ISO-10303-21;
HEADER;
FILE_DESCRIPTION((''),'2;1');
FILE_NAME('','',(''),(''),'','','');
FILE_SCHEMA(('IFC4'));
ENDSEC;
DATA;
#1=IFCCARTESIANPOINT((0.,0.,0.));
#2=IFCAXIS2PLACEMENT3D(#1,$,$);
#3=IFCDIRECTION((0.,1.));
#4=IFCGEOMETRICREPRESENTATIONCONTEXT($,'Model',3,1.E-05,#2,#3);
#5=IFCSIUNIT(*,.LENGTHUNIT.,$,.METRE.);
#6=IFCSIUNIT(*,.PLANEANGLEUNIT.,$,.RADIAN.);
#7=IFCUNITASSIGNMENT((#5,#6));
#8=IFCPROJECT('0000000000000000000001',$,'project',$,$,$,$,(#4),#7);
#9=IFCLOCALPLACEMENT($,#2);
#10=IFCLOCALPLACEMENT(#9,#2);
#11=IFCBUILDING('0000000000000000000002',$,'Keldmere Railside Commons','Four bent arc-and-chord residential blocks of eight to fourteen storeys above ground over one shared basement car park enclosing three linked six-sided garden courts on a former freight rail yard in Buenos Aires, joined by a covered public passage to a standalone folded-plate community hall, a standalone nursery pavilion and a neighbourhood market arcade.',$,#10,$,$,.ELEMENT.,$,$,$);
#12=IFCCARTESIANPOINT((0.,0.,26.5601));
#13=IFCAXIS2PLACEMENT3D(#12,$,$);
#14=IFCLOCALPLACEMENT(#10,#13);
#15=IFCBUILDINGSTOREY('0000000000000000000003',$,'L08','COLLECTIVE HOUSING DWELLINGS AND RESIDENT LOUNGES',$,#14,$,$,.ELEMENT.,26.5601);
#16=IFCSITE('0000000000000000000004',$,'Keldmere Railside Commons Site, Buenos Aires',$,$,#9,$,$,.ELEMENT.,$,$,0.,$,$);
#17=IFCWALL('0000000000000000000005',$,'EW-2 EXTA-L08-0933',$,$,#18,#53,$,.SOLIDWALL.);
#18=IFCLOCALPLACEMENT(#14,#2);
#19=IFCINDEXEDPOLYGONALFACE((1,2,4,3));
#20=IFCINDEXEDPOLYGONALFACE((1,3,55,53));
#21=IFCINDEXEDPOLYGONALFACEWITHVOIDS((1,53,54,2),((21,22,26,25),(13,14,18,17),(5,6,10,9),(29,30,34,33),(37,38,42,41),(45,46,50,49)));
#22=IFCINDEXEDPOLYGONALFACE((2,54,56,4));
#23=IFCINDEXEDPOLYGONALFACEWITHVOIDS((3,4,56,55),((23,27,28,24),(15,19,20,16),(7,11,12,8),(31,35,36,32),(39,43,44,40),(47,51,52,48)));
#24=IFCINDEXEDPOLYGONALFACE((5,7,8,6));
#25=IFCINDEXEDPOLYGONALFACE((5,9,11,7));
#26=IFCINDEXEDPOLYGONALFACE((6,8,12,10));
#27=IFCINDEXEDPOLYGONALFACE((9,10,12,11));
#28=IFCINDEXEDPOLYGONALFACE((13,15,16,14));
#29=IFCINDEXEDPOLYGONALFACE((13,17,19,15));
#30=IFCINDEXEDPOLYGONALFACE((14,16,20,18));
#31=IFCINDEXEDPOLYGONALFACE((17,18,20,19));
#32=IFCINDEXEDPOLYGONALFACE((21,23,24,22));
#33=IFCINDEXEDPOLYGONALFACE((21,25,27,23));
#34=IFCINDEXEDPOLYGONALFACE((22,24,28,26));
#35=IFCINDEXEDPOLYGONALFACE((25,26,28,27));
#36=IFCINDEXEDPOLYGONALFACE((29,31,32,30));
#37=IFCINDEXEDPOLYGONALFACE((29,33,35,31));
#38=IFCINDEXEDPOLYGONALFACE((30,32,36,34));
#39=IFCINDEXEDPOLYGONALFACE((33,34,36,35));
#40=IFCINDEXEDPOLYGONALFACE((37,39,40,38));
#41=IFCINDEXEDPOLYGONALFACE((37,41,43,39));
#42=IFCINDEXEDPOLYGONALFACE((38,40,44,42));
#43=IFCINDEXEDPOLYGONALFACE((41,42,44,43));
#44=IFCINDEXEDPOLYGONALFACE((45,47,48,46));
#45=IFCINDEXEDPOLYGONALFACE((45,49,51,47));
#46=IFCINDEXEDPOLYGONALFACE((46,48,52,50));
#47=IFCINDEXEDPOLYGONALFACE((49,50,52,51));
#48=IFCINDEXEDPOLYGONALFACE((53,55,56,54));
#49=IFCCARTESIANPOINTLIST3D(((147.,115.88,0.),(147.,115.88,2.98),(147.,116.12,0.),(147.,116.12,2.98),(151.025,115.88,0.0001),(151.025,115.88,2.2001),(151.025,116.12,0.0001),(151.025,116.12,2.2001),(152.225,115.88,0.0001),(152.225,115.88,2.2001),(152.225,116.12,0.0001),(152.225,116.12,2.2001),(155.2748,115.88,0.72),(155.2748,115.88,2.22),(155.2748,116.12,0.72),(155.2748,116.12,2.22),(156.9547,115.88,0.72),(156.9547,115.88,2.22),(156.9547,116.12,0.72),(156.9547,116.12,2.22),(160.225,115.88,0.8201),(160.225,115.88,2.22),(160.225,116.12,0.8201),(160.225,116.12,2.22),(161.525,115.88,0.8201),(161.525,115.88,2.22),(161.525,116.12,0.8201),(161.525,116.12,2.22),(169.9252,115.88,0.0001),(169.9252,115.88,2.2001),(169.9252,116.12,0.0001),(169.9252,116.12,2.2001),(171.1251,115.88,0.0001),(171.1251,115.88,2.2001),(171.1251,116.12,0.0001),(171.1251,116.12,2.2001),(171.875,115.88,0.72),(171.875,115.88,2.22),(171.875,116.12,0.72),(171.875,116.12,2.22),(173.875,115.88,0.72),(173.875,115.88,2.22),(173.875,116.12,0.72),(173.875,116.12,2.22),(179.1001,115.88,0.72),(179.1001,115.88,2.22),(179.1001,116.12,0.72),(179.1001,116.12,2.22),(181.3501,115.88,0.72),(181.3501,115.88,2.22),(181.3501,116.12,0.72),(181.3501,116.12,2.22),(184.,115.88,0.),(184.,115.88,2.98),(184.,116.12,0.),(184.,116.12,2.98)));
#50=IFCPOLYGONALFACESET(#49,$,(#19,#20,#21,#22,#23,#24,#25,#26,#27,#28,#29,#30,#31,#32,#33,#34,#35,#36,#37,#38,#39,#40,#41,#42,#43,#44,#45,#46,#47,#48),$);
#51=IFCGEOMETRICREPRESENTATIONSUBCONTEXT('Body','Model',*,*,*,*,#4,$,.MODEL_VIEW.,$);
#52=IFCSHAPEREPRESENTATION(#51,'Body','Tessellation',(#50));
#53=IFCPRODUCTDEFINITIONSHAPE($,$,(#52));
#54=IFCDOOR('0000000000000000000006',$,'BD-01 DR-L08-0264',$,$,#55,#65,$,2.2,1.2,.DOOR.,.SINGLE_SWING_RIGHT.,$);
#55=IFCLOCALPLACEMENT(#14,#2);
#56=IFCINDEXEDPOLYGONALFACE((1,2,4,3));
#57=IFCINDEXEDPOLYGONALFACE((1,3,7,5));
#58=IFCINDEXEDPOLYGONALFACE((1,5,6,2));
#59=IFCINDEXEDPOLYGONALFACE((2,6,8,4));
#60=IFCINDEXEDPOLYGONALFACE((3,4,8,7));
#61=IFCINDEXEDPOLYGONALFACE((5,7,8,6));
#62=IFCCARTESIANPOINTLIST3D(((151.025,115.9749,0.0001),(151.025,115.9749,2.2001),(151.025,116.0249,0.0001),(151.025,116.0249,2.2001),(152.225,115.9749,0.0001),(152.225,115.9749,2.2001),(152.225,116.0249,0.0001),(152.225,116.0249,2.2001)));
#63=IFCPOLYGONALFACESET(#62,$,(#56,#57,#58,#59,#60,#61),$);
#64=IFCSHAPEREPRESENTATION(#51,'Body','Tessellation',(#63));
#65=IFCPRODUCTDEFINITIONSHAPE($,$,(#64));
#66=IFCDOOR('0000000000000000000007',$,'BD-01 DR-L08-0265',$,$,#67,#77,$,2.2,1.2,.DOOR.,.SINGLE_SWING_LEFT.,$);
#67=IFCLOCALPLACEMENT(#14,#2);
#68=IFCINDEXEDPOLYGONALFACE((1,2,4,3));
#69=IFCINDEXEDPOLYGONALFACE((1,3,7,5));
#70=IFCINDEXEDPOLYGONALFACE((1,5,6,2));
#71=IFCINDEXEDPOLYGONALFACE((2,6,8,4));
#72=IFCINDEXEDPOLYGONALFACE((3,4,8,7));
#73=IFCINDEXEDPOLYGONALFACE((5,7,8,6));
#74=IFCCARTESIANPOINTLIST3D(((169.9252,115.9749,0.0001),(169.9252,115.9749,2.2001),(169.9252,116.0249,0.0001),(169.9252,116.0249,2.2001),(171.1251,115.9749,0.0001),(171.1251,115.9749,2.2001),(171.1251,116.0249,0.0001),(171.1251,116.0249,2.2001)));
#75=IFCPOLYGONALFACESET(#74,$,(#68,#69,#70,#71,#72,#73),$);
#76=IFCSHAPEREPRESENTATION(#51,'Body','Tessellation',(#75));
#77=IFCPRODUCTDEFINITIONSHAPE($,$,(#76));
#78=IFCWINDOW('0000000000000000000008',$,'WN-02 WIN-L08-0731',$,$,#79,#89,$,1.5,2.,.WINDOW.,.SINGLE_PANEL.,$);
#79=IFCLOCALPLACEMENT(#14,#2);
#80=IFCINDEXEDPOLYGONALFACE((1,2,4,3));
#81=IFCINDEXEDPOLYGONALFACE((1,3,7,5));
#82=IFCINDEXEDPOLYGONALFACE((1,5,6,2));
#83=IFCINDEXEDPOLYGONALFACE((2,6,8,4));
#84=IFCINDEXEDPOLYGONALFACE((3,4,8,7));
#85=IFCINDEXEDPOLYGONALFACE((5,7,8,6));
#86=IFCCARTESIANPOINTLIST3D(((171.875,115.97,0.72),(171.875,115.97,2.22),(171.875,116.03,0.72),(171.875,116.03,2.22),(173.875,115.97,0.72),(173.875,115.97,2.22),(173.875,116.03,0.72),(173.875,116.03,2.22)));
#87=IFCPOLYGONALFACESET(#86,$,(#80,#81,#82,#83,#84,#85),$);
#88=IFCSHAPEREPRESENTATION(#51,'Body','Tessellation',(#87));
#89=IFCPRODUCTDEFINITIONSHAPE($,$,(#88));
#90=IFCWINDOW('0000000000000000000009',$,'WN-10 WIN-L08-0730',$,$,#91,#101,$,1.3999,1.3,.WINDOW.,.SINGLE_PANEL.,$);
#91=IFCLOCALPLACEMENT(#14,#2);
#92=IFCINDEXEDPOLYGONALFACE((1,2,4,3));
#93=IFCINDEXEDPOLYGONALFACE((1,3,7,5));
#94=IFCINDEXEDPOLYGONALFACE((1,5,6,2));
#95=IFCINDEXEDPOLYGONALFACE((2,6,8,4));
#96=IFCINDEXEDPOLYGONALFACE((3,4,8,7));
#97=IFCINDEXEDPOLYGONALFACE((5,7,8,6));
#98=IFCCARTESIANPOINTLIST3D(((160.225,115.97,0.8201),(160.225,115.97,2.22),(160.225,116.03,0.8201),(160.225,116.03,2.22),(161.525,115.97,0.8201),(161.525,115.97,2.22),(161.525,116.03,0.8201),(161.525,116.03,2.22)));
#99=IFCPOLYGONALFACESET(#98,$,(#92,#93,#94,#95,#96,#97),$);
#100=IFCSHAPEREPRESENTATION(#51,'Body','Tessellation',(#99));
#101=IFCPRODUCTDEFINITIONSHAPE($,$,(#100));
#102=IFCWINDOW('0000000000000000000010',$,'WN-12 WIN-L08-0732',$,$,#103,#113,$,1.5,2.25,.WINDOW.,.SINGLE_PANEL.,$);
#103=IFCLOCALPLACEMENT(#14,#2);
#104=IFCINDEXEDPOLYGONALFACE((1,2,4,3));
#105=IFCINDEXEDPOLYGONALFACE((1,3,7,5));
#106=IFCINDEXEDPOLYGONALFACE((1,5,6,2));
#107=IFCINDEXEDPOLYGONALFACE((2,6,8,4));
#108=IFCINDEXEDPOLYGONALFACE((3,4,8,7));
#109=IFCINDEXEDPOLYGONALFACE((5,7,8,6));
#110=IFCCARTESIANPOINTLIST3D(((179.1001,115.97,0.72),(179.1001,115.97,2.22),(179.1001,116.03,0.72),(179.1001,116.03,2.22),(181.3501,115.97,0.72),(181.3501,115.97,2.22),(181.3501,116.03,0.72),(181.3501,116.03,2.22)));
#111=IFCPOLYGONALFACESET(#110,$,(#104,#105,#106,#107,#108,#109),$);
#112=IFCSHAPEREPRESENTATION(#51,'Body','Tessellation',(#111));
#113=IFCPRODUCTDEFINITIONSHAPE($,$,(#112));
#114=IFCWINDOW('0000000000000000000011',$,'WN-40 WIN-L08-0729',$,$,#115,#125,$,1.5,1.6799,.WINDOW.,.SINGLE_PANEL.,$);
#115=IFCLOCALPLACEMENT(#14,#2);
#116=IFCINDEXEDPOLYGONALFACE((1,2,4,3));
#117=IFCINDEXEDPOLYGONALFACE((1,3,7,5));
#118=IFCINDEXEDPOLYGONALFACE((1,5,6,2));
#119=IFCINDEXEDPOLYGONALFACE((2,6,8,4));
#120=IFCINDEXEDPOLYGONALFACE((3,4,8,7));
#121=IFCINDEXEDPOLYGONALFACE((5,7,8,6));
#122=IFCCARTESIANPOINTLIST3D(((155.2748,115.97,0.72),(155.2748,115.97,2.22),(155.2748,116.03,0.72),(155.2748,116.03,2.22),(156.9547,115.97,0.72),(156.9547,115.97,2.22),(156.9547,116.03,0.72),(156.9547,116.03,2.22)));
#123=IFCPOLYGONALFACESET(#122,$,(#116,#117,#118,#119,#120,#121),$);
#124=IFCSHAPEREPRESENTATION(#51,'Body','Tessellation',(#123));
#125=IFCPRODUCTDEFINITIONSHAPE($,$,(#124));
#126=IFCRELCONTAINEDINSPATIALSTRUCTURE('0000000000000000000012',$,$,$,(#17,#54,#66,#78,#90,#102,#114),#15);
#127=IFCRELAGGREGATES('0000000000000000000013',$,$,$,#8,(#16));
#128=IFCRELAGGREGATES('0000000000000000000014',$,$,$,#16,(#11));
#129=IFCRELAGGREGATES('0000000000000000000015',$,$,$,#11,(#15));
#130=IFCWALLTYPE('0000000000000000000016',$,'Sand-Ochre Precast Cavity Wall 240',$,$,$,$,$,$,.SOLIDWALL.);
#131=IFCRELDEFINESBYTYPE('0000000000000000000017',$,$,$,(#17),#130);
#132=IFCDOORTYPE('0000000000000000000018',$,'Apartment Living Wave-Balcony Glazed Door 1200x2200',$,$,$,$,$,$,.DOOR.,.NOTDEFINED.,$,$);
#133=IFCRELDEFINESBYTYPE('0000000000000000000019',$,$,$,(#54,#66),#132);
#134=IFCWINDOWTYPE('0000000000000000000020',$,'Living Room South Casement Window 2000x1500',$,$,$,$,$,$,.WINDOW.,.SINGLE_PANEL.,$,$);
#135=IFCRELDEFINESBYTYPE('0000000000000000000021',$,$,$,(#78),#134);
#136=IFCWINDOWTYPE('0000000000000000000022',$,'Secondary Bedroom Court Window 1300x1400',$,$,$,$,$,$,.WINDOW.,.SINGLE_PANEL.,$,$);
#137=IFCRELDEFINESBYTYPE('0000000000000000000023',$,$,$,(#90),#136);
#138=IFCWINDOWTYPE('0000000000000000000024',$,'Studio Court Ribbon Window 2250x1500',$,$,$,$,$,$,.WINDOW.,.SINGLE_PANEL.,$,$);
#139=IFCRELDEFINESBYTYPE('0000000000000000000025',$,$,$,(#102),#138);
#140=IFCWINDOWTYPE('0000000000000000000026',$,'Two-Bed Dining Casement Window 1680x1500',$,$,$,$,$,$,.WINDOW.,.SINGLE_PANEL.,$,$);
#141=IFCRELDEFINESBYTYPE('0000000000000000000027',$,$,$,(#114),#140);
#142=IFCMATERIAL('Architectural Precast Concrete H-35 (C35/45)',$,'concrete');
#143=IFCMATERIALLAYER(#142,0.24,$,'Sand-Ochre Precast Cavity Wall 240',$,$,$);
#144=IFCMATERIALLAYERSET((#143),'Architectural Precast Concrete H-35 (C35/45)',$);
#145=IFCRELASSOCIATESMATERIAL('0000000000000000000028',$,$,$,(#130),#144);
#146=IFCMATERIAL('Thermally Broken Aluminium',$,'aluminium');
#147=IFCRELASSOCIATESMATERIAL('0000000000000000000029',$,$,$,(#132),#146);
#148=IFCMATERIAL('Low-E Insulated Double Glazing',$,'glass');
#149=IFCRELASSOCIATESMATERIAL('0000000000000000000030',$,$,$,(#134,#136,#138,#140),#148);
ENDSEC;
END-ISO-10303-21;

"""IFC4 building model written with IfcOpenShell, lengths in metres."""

from ifc_helpers import new_model, si_unit, direction, frame, frame_2d, origin, place, context, subcontext, project, spatial, rectangle, extrude, material, layer, layer_set, type_object, element, fill, save


model = new_model("IFC4")

# Units and contexts
model_context = context("Model", 3, precision=1e-05, world=origin(), true_north=direction((0.0, 1.0)))
body_context = subcontext(model_context, "Body", "Model", "MODEL_VIEW")
ifc_project = project(units=[si_unit("LENGTHUNIT", "METRE"), si_unit("PLANEANGLEUNIT", "RADIAN")], contexts=[model_context])

# Site, building, storey
site_placement = place(None, origin())
site = spatial("IfcSite", under=ifc_project, at=site_placement, Name="Keldmere Railside Commons Site, Buenos Aires", CompositionType="ELEMENT", RefElevation=0.0)
building_placement = place(site_placement, origin())
building = spatial("IfcBuilding", under=site, at=building_placement, Name="Keldmere Railside Commons", Description="Four bent arc-and-chord residential blocks of eight to fourteen storeys above ground over one shared basement car park enclosing three linked six-sided garden courts on a former freight rail yard in Buenos Aires, joined by a covered public passage to a standalone folded-plate community hall, a standalone nursery pavilion and a neighbourhood market arcade.", CompositionType="ELEMENT")
storey_placement = place(building_placement, frame((0.0, 0.0, 26.5601)))
storey = spatial("IfcBuildingStorey", under=building, at=storey_placement, Name="L08", Description="COLLECTIVE HOUSING DWELLINGS AND RESIDENT LOUNGES", CompositionType="ELEMENT", Elevation=26.5601)

# Shared definitions
ifc_material_1 = material(Name="Architectural Precast Concrete H-35 (C35/45)", Category="concrete")

# Wall, openings, doors, windows
ifc_layer_1 = layer(ifc_material_1, 0.24, Name="Sand-Ochre Precast Cavity Wall 240")
ifc_layer_set_1 = layer_set([ifc_layer_1], Name="Architectural Precast Concrete H-35 (C35/45)")
wall_type_1 = type_object("IfcWallType", Name="Sand-Ochre Precast Cavity Wall 240", PredefinedType="SOLIDWALL", material=ifc_layer_set_1)
wall_1_placement = place(storey_placement, frame((147.0, 116.0, 0.0), z_axis=(0.0, 0.0, 1.0), x_axis=(1.0, 0.0, 0.0)))
wall_1 = element("IfcWall", 1, at=wall_1_placement, inside=storey, type_object=wall_type_1, Name="EW-2 EXTA-L08-0933", PredefinedType="SOLIDWALL", context=body_context, shape_type="SweptSolid", body=[
    extrude(rectangle(XDim=37.0, YDim=0.24, at=frame_2d((18.5, 0.0))), origin(), (0.0, 0.0, 1.0), 2.98),
])
opening_1_placement = place(wall_1_placement, frame((4.0249, 0.0, 0.0)))
opening_1 = element("IfcOpeningElement", 2, at=opening_1_placement, cuts=wall_1, PredefinedType="OPENING", context=body_context, shape_type="SweptSolid", body=[
    extrude(rectangle(XDim=1.2, YDim=2.2, at=frame_2d((0.6001, 1.1001))), frame((0.0, 0.1299, 0.0), z_axis=(0.0, -1.0, 0.0), x_axis=(1.0, 0.0, 0.0)), (0.0, 0.0, 1.0), 0.26),
])
opening_2_placement = place(wall_1_placement, frame((8.2749, 0.0, 0.72)))
opening_2 = element("IfcOpeningElement", 3, at=opening_2_placement, cuts=wall_1, PredefinedType="OPENING", context=body_context, shape_type="SweptSolid", body=[
    extrude(rectangle(XDim=1.6799, YDim=1.5, at=frame_2d((0.8398, 0.75))), frame((0.0, 0.1299, 0.0), z_axis=(0.0, -1.0, 0.0), x_axis=(1.0, 0.0, 0.0)), (0.0, 0.0, 1.0), 0.26),
])
opening_3_placement = place(wall_1_placement, frame((13.2251, 0.0, 0.8201)))
opening_3 = element("IfcOpeningElement", 4, at=opening_3_placement, cuts=wall_1, PredefinedType="OPENING", context=body_context, shape_type="SweptSolid", body=[
    extrude(rectangle(XDim=1.3, YDim=1.3999, at=frame_2d((0.6499, 0.7))), frame((0.0, 0.1299, 0.0), z_axis=(0.0, -1.0, 0.0), x_axis=(1.0, 0.0, 0.0)), (0.0, 0.0, 1.0), 0.26),
])
opening_4_placement = place(wall_1_placement, frame((22.925, 0.0, 0.0)))
opening_4 = element("IfcOpeningElement", 5, at=opening_4_placement, cuts=wall_1, PredefinedType="OPENING", context=body_context, shape_type="SweptSolid", body=[
    extrude(rectangle(XDim=1.2, YDim=2.2, at=frame_2d((0.6001, 1.1001))), frame((0.0, 0.1299, 0.0), z_axis=(0.0, -1.0, 0.0), x_axis=(1.0, 0.0, 0.0)), (0.0, 0.0, 1.0), 0.26),
])
opening_5_placement = place(wall_1_placement, frame((24.875, 0.0, 0.72)))
opening_5 = element("IfcOpeningElement", 6, at=opening_5_placement, cuts=wall_1, PredefinedType="OPENING", context=body_context, shape_type="SweptSolid", body=[
    extrude(rectangle(XDim=2.0, YDim=1.5, at=frame_2d((1.0, 0.75))), frame((0.0, 0.1299, 0.0), z_axis=(0.0, -1.0, 0.0), x_axis=(1.0, 0.0, 0.0)), (0.0, 0.0, 1.0), 0.26),
])
opening_6_placement = place(wall_1_placement, frame((32.1001, 0.0, 0.72)))
opening_6 = element("IfcOpeningElement", 7, at=opening_6_placement, cuts=wall_1, PredefinedType="OPENING", context=body_context, shape_type="SweptSolid", body=[
    extrude(rectangle(XDim=2.25, YDim=1.5, at=frame_2d((1.125, 0.75))), frame((0.0, 0.1299, 0.0), z_axis=(0.0, -1.0, 0.0), x_axis=(1.0, 0.0, 0.0)), (0.0, 0.0, 1.0), 0.26),
])
ifc_material_2 = material(Name="Thermally Broken Aluminium", Category="aluminium")
door_type_1 = type_object("IfcDoorType", Name="Apartment Living Wave-Balcony Glazed Door 1200x2200", OperationType="NOTDEFINED", PredefinedType="DOOR", material=ifc_material_2)
door_1_placement = place(opening_1_placement, origin())
door_1 = element("IfcDoor", 8, at=door_1_placement, inside=storey, type_object=door_type_1, Name="BD-01 DR-L08-0264", OperationType="SINGLE_SWING_RIGHT", OverallHeight=2.2, OverallWidth=1.2, PredefinedType="DOOR", context=body_context, shape_type="SweptSolid", body=[
    extrude(rectangle(XDim=1.2, YDim=2.2, at=frame_2d((0.6001, 1.1001))), frame((0.0, 0.0249, 0.0), z_axis=(0.0, -1.0, 0.0), x_axis=(1.0, 0.0, 0.0)), (0.0, 0.0, 1.0), 0.05),
])
fill(opening_1, door_1)
door_2_placement = place(opening_4_placement, origin())
door_2 = element("IfcDoor", 9, at=door_2_placement, inside=storey, type_object=door_type_1, Name="BD-01 DR-L08-0265", OperationType="SINGLE_SWING_LEFT", OverallHeight=2.2, OverallWidth=1.2, PredefinedType="DOOR", context=body_context, shape_type="SweptSolid", body=[
    extrude(rectangle(XDim=1.2, YDim=2.2, at=frame_2d((0.6001, 1.1001))), frame((0.0, 0.0249, 0.0), z_axis=(0.0, -1.0, 0.0), x_axis=(1.0, 0.0, 0.0)), (0.0, 0.0, 1.0), 0.05),
])
fill(opening_4, door_2)
ifc_material_3 = material(Name="Low-E Insulated Double Glazing", Category="glass")
window_type_1 = type_object("IfcWindowType", Name="Living Room South Casement Window 2000x1500", PartitioningType="SINGLE_PANEL", PredefinedType="WINDOW", material=ifc_material_3)
window_1_placement = place(opening_5_placement, origin())
window_1 = element("IfcWindow", 10, at=window_1_placement, inside=storey, type_object=window_type_1, Name="WN-02 WIN-L08-0731", OverallHeight=1.5, OverallWidth=2.0, PartitioningType="SINGLE_PANEL", PredefinedType="WINDOW", context=body_context, shape_type="SweptSolid", body=[
    extrude(rectangle(XDim=2.0, YDim=1.5, at=frame_2d((1.0, 0.75))), frame((0.0, 0.03, 0.0), z_axis=(0.0, -1.0, 0.0), x_axis=(1.0, 0.0, 0.0)), (0.0, 0.0, 1.0), 0.0601),
])
fill(opening_5, window_1)
window_type_2 = type_object("IfcWindowType", Name="Secondary Bedroom Court Window 1300x1400", PartitioningType="SINGLE_PANEL", PredefinedType="WINDOW", material=ifc_material_3)
window_2_placement = place(opening_3_placement, origin())
window_2 = element("IfcWindow", 11, at=window_2_placement, inside=storey, type_object=window_type_2, Name="WN-10 WIN-L08-0730", OverallHeight=1.3999, OverallWidth=1.3, PartitioningType="SINGLE_PANEL", PredefinedType="WINDOW", context=body_context, shape_type="SweptSolid", body=[
    extrude(rectangle(XDim=1.3, YDim=1.3999, at=frame_2d((0.6499, 0.7))), frame((0.0, 0.03, 0.0), z_axis=(0.0, -1.0, 0.0), x_axis=(1.0, 0.0, 0.0)), (0.0, 0.0, 1.0), 0.0601),
])
fill(opening_3, window_2)
window_type_3 = type_object("IfcWindowType", Name="Studio Court Ribbon Window 2250x1500", PartitioningType="SINGLE_PANEL", PredefinedType="WINDOW", material=ifc_material_3)
window_3_placement = place(opening_6_placement, origin())
window_3 = element("IfcWindow", 12, at=window_3_placement, inside=storey, type_object=window_type_3, Name="WN-12 WIN-L08-0732", OverallHeight=1.5, OverallWidth=2.25, PartitioningType="SINGLE_PANEL", PredefinedType="WINDOW", context=body_context, shape_type="SweptSolid", body=[
    extrude(rectangle(XDim=2.25, YDim=1.5, at=frame_2d((1.125, 0.75))), frame((0.0, 0.03, 0.0), z_axis=(0.0, -1.0, 0.0), x_axis=(1.0, 0.0, 0.0)), (0.0, 0.0, 1.0), 0.0601),
])
fill(opening_6, window_3)
window_type_4 = type_object("IfcWindowType", Name="Two-Bed Dining Casement Window 1680x1500", PartitioningType="SINGLE_PANEL", PredefinedType="WINDOW", material=ifc_material_3)
window_4_placement = place(opening_2_placement, origin())
window_4 = element("IfcWindow", 13, at=window_4_placement, inside=storey, type_object=window_type_4, Name="WN-40 WIN-L08-0729", OverallHeight=1.5, OverallWidth=1.6799, PartitioningType="SINGLE_PANEL", PredefinedType="WINDOW", context=body_context, shape_type="SweptSolid", body=[
    extrude(rectangle(XDim=1.6799, YDim=1.5, at=frame_2d((0.8398, 0.75))), frame((0.0, 0.03, 0.0), z_axis=(0.0, -1.0, 0.0), x_axis=(1.0, 0.0, 0.0)), (0.0, 0.0, 1.0), 0.0601),
])
fill(opening_2, window_4)

save(model, "model.ifc")
